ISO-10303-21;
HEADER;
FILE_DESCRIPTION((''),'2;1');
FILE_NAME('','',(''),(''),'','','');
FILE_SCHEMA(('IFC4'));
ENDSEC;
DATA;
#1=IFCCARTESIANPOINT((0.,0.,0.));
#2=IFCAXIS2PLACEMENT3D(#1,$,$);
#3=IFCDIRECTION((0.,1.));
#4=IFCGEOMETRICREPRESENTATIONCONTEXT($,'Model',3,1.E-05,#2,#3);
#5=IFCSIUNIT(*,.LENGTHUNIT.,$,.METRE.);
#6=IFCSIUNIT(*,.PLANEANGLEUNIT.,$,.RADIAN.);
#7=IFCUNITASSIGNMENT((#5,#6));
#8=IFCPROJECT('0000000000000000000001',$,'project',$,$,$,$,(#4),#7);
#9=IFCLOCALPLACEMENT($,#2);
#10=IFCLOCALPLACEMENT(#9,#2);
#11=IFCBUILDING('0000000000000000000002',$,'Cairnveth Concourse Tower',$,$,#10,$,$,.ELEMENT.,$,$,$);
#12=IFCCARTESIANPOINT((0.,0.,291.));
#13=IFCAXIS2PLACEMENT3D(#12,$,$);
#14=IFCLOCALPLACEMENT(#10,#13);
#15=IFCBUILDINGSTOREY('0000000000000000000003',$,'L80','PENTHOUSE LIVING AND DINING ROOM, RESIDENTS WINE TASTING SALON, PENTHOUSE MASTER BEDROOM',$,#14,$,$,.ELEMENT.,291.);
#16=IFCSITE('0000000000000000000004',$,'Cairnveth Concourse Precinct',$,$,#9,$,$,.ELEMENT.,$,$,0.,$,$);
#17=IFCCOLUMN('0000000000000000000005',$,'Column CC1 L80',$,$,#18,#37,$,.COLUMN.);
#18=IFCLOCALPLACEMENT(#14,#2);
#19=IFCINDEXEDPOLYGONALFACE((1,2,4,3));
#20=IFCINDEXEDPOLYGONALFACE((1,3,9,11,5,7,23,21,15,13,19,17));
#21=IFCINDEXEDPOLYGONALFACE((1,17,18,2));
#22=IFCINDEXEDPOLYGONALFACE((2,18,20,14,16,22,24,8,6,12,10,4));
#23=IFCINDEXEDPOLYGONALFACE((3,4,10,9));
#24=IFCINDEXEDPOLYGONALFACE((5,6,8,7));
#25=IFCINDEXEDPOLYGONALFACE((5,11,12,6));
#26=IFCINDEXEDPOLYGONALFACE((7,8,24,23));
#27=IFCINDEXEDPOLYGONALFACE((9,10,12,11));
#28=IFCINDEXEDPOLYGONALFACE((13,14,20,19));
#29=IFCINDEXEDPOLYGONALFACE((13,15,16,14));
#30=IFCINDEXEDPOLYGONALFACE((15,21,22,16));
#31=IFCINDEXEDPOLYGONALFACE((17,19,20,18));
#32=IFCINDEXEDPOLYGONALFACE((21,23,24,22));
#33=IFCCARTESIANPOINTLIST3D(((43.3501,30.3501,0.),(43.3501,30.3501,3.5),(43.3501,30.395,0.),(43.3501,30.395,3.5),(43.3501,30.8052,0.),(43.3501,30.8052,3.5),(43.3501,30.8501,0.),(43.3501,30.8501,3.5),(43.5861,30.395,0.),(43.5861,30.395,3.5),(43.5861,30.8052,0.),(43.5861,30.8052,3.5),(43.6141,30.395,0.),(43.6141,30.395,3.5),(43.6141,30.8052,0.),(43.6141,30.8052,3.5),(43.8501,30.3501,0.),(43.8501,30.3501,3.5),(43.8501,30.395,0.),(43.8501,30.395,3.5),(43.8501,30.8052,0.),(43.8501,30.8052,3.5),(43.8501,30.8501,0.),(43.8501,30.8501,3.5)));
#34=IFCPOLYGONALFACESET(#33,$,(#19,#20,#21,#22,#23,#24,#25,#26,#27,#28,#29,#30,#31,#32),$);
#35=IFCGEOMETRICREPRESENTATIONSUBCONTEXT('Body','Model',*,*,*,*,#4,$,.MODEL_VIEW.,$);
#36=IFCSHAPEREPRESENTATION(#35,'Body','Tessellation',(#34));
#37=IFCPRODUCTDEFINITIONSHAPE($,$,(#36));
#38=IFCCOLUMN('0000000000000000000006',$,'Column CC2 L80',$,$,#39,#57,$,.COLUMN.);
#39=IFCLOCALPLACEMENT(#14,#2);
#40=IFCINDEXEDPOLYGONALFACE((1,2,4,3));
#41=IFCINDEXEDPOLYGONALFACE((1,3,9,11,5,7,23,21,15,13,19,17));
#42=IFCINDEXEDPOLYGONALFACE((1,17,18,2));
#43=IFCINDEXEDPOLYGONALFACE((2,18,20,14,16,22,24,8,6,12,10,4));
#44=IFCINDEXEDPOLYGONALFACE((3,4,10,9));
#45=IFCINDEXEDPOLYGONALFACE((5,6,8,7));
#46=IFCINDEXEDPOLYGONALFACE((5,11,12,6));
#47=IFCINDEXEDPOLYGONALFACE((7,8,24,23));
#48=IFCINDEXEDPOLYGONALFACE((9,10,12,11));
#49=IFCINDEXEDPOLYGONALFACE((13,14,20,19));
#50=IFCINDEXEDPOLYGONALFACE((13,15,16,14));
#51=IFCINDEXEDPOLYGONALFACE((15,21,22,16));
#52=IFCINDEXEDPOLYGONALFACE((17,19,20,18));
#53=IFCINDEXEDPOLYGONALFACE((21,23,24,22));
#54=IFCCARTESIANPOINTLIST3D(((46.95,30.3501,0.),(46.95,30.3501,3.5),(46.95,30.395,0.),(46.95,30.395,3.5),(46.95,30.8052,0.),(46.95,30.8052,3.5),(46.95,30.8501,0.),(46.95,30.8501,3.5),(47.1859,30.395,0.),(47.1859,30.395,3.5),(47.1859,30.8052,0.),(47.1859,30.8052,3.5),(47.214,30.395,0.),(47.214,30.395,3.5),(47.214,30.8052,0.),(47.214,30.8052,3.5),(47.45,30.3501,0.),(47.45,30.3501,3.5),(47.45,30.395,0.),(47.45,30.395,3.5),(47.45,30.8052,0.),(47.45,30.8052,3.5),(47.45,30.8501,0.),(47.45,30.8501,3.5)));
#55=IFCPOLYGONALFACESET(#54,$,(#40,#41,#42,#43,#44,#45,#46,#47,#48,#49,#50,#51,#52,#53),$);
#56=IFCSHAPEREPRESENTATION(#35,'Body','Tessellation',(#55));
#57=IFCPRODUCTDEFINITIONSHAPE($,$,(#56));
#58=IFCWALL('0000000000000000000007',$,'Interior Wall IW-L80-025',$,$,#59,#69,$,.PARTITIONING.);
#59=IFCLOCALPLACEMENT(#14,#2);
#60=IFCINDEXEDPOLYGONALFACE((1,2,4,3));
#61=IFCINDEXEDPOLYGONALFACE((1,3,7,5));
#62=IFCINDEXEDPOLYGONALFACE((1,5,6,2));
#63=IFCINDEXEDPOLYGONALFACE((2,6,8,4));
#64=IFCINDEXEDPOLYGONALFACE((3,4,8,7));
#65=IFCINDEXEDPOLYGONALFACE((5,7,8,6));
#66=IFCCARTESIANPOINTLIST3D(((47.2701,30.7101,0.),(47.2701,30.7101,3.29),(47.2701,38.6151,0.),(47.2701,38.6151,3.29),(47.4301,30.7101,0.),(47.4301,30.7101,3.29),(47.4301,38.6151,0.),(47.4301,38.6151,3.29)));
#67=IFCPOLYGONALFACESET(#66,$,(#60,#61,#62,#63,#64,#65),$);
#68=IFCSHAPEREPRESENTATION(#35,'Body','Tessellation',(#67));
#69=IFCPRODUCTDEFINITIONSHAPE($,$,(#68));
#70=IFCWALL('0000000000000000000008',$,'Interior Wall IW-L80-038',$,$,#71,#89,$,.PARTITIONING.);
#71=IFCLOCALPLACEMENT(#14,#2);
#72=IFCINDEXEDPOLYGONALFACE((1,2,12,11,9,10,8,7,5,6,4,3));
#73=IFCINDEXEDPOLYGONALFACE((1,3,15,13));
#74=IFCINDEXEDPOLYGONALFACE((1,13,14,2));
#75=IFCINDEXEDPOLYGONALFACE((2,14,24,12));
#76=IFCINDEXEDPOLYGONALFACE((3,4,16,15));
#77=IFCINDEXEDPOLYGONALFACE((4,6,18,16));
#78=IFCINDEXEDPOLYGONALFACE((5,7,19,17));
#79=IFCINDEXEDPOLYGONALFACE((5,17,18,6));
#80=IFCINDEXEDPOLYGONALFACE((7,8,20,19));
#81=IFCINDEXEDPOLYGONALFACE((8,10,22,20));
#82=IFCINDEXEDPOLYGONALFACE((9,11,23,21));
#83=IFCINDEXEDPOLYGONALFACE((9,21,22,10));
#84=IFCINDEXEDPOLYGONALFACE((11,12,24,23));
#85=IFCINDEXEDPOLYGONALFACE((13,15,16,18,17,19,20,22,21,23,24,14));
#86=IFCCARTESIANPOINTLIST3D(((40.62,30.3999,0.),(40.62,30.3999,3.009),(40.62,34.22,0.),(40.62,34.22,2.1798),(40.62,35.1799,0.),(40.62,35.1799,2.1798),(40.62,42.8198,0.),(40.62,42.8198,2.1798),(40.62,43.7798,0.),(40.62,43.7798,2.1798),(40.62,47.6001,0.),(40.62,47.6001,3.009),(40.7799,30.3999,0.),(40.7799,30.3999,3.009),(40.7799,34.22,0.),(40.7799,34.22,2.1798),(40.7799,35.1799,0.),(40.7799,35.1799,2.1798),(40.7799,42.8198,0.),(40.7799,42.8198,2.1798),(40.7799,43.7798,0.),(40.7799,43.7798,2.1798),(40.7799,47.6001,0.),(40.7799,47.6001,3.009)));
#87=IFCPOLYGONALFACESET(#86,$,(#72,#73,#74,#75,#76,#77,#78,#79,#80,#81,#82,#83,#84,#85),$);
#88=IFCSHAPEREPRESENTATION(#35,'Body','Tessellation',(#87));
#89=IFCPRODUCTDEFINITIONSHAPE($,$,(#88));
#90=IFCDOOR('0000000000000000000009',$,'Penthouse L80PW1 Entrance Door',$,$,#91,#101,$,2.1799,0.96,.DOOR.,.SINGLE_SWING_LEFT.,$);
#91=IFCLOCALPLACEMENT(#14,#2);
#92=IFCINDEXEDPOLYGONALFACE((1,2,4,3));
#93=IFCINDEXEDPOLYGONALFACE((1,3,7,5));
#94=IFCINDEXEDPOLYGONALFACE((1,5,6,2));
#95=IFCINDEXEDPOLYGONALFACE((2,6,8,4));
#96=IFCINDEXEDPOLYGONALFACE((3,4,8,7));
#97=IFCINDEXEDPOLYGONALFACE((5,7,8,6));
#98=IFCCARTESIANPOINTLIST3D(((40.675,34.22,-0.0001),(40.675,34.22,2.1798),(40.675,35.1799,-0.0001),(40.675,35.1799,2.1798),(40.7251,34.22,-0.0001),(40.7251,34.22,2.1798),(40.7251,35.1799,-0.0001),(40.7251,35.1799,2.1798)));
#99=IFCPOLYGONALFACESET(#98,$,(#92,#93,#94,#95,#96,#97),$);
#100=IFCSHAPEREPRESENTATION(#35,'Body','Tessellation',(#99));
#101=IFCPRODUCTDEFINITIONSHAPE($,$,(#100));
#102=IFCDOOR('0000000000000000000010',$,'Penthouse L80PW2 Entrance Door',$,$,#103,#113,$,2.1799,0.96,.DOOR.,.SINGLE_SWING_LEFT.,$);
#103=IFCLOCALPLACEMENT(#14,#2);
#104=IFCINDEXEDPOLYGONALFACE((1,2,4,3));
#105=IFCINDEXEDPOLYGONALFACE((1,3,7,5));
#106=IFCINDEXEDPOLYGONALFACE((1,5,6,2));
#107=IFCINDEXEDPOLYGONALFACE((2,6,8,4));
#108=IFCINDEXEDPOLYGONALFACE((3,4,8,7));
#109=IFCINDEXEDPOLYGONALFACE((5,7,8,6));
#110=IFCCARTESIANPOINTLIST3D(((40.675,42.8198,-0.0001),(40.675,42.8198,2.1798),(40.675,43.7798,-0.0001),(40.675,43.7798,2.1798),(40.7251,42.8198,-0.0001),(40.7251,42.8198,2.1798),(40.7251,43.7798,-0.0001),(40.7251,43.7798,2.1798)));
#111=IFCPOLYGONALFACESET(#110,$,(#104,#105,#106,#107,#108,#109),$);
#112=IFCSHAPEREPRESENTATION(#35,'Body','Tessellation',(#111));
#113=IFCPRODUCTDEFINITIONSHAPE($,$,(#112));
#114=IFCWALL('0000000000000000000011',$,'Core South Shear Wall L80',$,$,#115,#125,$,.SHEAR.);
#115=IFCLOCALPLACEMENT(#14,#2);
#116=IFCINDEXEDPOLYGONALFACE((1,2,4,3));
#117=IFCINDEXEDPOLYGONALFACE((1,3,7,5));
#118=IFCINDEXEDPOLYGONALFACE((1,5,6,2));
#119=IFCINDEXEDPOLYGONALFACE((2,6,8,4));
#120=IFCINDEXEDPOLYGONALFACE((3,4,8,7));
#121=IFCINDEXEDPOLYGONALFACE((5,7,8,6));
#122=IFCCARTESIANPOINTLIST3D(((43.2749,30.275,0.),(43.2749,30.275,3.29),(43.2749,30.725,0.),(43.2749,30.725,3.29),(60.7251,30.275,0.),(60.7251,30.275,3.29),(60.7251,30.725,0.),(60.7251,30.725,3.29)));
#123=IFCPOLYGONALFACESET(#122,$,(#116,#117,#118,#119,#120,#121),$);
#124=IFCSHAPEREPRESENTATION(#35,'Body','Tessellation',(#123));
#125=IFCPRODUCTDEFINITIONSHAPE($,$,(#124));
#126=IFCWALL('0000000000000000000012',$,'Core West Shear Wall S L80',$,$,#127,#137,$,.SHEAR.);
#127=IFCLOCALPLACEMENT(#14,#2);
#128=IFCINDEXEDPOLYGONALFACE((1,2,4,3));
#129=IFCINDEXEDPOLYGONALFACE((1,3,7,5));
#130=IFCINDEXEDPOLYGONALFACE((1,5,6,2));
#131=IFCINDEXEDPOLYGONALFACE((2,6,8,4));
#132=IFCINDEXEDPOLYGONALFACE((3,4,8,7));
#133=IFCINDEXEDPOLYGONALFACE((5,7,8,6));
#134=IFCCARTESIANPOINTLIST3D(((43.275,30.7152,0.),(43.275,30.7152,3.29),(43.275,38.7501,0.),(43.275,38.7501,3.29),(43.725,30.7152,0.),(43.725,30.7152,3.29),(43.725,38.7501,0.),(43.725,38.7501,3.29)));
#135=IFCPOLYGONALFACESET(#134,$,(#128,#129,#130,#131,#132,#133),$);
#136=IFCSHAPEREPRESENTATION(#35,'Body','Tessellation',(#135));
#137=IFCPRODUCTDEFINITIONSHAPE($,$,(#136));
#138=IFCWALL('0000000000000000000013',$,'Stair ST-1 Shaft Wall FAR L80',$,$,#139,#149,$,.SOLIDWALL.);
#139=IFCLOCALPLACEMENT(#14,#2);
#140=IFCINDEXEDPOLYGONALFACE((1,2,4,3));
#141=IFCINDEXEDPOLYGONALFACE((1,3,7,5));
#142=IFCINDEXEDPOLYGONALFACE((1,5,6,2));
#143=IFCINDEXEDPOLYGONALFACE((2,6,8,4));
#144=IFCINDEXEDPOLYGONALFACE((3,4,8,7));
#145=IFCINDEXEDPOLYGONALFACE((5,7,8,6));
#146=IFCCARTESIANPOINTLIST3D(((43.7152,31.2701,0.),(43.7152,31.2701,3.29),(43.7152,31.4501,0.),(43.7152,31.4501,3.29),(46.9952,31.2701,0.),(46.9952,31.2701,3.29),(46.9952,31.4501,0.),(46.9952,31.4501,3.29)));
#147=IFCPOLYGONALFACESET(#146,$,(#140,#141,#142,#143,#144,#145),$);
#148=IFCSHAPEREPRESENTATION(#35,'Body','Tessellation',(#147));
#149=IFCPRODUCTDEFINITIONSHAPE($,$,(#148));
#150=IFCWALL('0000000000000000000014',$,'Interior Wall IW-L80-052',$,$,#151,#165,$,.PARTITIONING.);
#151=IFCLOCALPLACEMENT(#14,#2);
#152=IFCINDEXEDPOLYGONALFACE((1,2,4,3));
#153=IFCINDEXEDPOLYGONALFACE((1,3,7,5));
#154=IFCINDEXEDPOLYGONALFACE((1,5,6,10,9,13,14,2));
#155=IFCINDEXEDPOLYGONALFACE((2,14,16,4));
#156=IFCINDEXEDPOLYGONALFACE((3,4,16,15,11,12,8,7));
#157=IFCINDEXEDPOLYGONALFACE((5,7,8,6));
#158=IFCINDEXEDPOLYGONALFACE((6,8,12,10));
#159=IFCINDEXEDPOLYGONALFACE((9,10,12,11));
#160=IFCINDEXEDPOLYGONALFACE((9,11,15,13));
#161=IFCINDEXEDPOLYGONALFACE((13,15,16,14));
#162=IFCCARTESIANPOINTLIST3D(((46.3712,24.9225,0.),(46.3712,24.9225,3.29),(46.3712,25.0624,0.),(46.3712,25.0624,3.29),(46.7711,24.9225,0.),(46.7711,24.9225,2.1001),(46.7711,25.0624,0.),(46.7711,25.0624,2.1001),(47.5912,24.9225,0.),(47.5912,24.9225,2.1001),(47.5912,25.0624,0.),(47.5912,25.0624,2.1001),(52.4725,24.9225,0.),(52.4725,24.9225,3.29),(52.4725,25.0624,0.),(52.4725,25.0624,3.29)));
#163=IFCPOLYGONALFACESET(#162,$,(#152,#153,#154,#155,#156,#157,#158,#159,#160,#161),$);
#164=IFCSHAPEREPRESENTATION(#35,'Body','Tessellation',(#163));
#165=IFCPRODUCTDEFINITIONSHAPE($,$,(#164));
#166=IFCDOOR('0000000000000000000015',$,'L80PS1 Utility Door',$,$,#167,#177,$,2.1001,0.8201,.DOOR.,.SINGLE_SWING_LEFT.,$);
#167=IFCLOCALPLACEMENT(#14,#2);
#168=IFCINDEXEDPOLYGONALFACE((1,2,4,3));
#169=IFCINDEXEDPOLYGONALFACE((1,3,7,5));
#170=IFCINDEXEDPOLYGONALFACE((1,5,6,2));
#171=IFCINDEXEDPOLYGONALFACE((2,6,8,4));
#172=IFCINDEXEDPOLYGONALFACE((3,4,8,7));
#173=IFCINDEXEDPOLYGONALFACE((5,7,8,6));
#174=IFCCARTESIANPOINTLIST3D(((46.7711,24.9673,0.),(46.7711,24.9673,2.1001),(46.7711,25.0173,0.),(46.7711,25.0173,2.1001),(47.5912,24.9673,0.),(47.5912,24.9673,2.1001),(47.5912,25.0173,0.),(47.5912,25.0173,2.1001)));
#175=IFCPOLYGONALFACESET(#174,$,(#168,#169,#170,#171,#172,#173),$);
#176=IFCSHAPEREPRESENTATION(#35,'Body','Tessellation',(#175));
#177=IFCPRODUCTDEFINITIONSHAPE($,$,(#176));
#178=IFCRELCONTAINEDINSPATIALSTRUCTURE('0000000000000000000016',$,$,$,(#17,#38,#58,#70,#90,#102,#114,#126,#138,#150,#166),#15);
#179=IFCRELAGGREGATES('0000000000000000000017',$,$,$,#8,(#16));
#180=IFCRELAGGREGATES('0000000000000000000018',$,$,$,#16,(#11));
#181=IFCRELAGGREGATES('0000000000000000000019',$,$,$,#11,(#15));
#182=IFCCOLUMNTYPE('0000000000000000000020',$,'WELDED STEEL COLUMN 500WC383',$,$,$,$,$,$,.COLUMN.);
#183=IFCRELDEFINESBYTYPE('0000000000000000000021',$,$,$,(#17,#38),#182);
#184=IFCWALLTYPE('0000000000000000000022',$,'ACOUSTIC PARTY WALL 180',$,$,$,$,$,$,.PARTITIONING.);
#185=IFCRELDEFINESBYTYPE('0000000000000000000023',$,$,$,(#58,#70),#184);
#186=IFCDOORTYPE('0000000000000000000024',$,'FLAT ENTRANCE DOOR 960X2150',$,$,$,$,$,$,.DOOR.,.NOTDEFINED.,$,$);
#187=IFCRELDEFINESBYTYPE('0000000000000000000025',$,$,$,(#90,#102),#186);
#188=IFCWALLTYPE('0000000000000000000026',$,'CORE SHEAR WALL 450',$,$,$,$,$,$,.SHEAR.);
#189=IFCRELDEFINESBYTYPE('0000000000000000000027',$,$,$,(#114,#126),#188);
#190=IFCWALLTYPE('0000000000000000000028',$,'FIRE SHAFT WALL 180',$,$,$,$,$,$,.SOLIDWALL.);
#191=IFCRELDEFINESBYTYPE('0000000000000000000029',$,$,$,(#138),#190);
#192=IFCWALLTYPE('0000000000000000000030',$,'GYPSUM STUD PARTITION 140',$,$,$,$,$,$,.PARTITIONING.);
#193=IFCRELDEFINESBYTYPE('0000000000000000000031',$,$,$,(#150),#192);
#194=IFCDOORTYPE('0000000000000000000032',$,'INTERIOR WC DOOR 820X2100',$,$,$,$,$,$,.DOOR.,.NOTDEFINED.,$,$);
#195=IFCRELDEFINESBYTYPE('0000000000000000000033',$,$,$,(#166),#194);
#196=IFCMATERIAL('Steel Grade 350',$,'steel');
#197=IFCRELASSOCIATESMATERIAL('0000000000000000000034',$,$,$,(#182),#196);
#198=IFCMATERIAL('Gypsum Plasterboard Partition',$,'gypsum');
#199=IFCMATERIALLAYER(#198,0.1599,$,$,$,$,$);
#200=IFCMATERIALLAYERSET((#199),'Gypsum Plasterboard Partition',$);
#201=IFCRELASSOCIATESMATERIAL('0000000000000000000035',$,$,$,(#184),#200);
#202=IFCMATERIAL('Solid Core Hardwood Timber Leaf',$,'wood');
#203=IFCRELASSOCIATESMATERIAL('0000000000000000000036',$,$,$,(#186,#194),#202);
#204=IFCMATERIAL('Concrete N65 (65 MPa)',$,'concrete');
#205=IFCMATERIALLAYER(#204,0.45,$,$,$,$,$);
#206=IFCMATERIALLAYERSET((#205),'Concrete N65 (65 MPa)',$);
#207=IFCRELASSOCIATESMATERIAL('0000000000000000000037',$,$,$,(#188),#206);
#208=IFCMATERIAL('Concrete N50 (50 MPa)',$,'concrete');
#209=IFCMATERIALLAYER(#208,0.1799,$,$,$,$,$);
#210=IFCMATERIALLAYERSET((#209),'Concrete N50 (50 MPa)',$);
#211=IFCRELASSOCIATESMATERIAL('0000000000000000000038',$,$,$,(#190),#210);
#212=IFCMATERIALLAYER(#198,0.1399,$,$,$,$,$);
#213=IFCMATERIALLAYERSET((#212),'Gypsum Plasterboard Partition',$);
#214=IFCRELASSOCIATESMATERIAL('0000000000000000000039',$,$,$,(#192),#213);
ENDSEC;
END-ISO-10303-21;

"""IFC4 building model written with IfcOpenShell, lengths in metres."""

from ifc_helpers import new_model, si_unit, direction, frame, frame_2d, origin, origin_2d, place, context, subcontext, project, spatial, rectangle, i_section, extrude, material, layer, layer_set, material_profile, profile_set, type_object, element, fill, save


model = new_model("IFC4")

# Units and contexts
model_context = context("Model", 3, precision=1e-05, world=origin(), true_north=direction((0.0, 1.0)))
body_context = subcontext(model_context, "Body", "Model", "MODEL_VIEW")
ifc_project = project(units=[si_unit("LENGTHUNIT", "METRE"), si_unit("PLANEANGLEUNIT", "RADIAN")], contexts=[model_context])

# Site, building, storey
site_placement = place(None, origin())
site = spatial("IfcSite", under=ifc_project, at=site_placement, Name="Cairnveth Concourse Precinct", CompositionType="ELEMENT", RefElevation=0.0)
building_placement = place(site_placement, origin())
building = spatial("IfcBuilding", under=site, at=building_placement, Name="Cairnveth Concourse Tower", CompositionType="ELEMENT")
storey_placement = place(building_placement, frame((0.0, 0.0, 291.0)))
storey = spatial("IfcBuildingStorey", under=building, at=storey_placement, Name="L80", Description="PENTHOUSE LIVING AND DINING ROOM, RESIDENTS WINE TASTING SALON, PENTHOUSE MASTER BEDROOM", CompositionType="ELEMENT", Elevation=291.0)

# Columns
ifc_material_1 = material(Name="Steel Grade 350", Category="steel")
ifc_material_profile = material_profile(ifc_material_1, i_section(OverallWidth=0.5, OverallDepth=0.5, WebThickness=0.0281, FlangeThickness=0.0449, at=origin_2d()), Name="500WC383")
ifc_profile_set = profile_set([ifc_material_profile], Name="Steel Grade 350")
column_type = type_object("IfcColumnType", Name="WELDED STEEL COLUMN 500WC383", PredefinedType="COLUMN", material=ifc_profile_set)
for number, where, z_axis, x_axis, name in (
    (1, (43.6001, 30.6001, 0.0), (0.0, 0.0, 1.0), (1.0, 0.0, 0.0), "Column CC1 L80"),
    (2, (47.2, 30.6001, 0.0), (0.0, 0.0, 1.0), (1.0, 0.0, 0.0), "Column CC2 L80"),
):
    element("IfcColumn", number, at=place(storey_placement, frame(where, z_axis=z_axis, x_axis=x_axis)), inside=storey, type_object=column_type, Name=name, PredefinedType="COLUMN", context=body_context, shape_type="SweptSolid", body=[
        extrude(i_section(OverallWidth=0.5, OverallDepth=0.5, WebThickness=0.0281, FlangeThickness=0.0449, at=origin_2d()), origin(), (0.0, 0.0, 1.0), 3.5),
    ])

# Wall
ifc_material_2 = material(Name="Gypsum Plasterboard Partition", Category="gypsum")
ifc_layer_1 = layer(ifc_material_2, 0.1599)
ifc_layer_set_1 = layer_set([ifc_layer_1], Name="Gypsum Plasterboard Partition")
wall_type_1 = type_object("IfcWallType", Name="ACOUSTIC PARTY WALL 180", PredefinedType="PARTITIONING", material=ifc_layer_set_1)
wall_1_placement = place(storey_placement, frame((47.3501, 30.71, 0.0), z_axis=(0.0, 0.0, 1.0), x_axis=(0.0, 1.0, 0.0)))
element("IfcWall", 3, at=wall_1_placement, inside=storey, type_object=wall_type_1, Name="Interior Wall IW-L80-025", PredefinedType="PARTITIONING", context=body_context, shape_type="SweptSolid", body=[
    extrude(rectangle(XDim=7.905, YDim=0.1599, at=frame_2d((3.9526, 0.0))), origin(), (0.0, 0.0, 1.0), 3.29),
])

# Wall, openings, doors
wall_2_placement = place(storey_placement, frame((40.7, 30.3999, 0.0), z_axis=(0.0, 0.0, 1.0), x_axis=(0.0, 1.0, 0.0)))
wall_2 = element("IfcWall", 4, at=wall_2_placement, inside=storey, type_object=wall_type_1, Name="Interior Wall IW-L80-038", PredefinedType="PARTITIONING", context=body_context, shape_type="SweptSolid", body=[
    extrude(rectangle(XDim=17.2002, YDim=0.1599, at=frame_2d((8.6001, 0.0))), origin(), (0.0, 0.0, 1.0), 3.009),
])
opening_1_placement = place(wall_2_placement, frame((3.8201, 0.0, 0.0)))
opening_1 = element("IfcOpeningElement", 5, at=opening_1_placement, cuts=wall_2, PredefinedType="OPENING", context=body_context, shape_type="SweptSolid", body=[
    extrude(rectangle(XDim=0.96, YDim=2.1799, at=frame_2d((0.48, 1.0898))), frame((0.0, 0.0898, 0.0), z_axis=(0.0, -1.0, 0.0), x_axis=(1.0, 0.0, 0.0)), (0.0, 0.0, 1.0), 0.1799),
])
opening_2_placement = place(wall_2_placement, frame((12.4199, 0.0, 0.0)))
opening_2 = element("IfcOpeningElement", 6, at=opening_2_placement, cuts=wall_2, PredefinedType="OPENING", context=body_context, shape_type="SweptSolid", body=[
    extrude(rectangle(XDim=0.96, YDim=2.1799, at=frame_2d((0.48, 1.0898))), frame((0.0, 0.0898, 0.0), z_axis=(0.0, -1.0, 0.0), x_axis=(1.0, 0.0, 0.0)), (0.0, 0.0, 1.0), 0.1799),
])
ifc_material_3 = material(Name="Solid Core Hardwood Timber Leaf", Category="wood")
door_type_1 = type_object("IfcDoorType", Name="FLAT ENTRANCE DOOR 960X2150", OperationType="NOTDEFINED", PredefinedType="DOOR", material=ifc_material_3)
door_1_placement = place(opening_1_placement, origin())
door_1 = element("IfcDoor", 7, at=door_1_placement, inside=storey, type_object=door_type_1, Name="Penthouse L80PW1 Entrance Door", OperationType="SINGLE_SWING_LEFT", OverallHeight=2.1799, OverallWidth=0.96, PredefinedType="DOOR", context=body_context, shape_type="SweptSolid", body=[
    extrude(rectangle(XDim=0.96, YDim=2.1799, at=frame_2d((0.48, 1.0898))), frame((0.0, 0.0249, 0.0), z_axis=(0.0, -1.0, 0.0), x_axis=(1.0, 0.0, 0.0)), (0.0, 0.0, 1.0), 0.05),
])
fill(opening_1, door_1)
door_2_placement = place(opening_2_placement, origin())
door_2 = element("IfcDoor", 8, at=door_2_placement, inside=storey, type_object=door_type_1, Name="Penthouse L80PW2 Entrance Door", OperationType="SINGLE_SWING_LEFT", OverallHeight=2.1799, OverallWidth=0.96, PredefinedType="DOOR", context=body_context, shape_type="SweptSolid", body=[
    extrude(rectangle(XDim=0.96, YDim=2.1799, at=frame_2d((0.48, 1.0898))), frame((0.0, 0.0249, 0.0), z_axis=(0.0, -1.0, 0.0), x_axis=(1.0, 0.0, 0.0)), (0.0, 0.0, 1.0), 0.05),
])
fill(opening_2, door_2)

# Walls
ifc_material_4 = material(Name="Concrete N65 (65 MPa)", Category="concrete")
ifc_layer_2 = layer(ifc_material_4, 0.45)
ifc_layer_set_2 = layer_set([ifc_layer_2], Name="Concrete N65 (65 MPa)")
wall_type_2 = type_object("IfcWallType", Name="CORE SHEAR WALL 450", PredefinedType="SHEAR", material=ifc_layer_set_2)
wall_3_placement = place(storey_placement, frame((43.2749, 30.5, 0.0), z_axis=(0.0, 0.0, 1.0), x_axis=(1.0, 0.0, 0.0)))
element("IfcWall", 9, at=wall_3_placement, inside=storey, type_object=wall_type_2, Name="Core South Shear Wall L80", PredefinedType="SHEAR", context=body_context, shape_type="SweptSolid", body=[
    extrude(rectangle(XDim=17.4502, YDim=0.45, at=frame_2d((8.7251, 0.0))), origin(), (0.0, 0.0, 1.0), 3.29),
])
wall_4_placement = place(storey_placement, frame((43.5, 30.7151, 0.0), z_axis=(0.0, 0.0, 1.0), x_axis=(0.0, 1.0, 0.0)))
element("IfcWall", 10, at=wall_4_placement, inside=storey, type_object=wall_type_2, Name="Core West Shear Wall S L80", PredefinedType="SHEAR", context=body_context, shape_type="SweptSolid", body=[
    extrude(rectangle(XDim=8.0349, YDim=0.45, at=frame_2d((4.0176, 0.0))), origin(), (0.0, 0.0, 1.0), 3.29),
])
ifc_material_5 = material(Name="Concrete N50 (50 MPa)", Category="concrete")
ifc_layer_3 = layer(ifc_material_5, 0.1799)
ifc_layer_set_3 = layer_set([ifc_layer_3], Name="Concrete N50 (50 MPa)")
wall_type_3 = type_object("IfcWallType", Name="FIRE SHAFT WALL 180", PredefinedType="SOLIDWALL", material=ifc_layer_set_3)
wall_5_placement = place(storey_placement, frame((43.7151, 31.3601, 0.0), z_axis=(0.0, 0.0, 1.0), x_axis=(1.0, 0.0, 0.0)))
element("IfcWall", 11, at=wall_5_placement, inside=storey, type_object=wall_type_3, Name="Stair ST-1 Shaft Wall FAR L80", PredefinedType="SOLIDWALL", context=body_context, shape_type="SweptSolid", body=[
    extrude(rectangle(XDim=3.28, YDim=0.1799, at=frame_2d((1.6401, 0.0))), origin(), (0.0, 0.0, 1.0), 3.29),
])

# Wall, opening, door
ifc_layer_4 = layer(ifc_material_2, 0.1399)
ifc_layer_set_4 = layer_set([ifc_layer_4], Name="Gypsum Plasterboard Partition")
wall_type_4 = type_object("IfcWallType", Name="GYPSUM STUD PARTITION 140", PredefinedType="PARTITIONING", material=ifc_layer_set_4)
wall_6_placement = place(storey_placement, frame((46.3711, 24.9924, 0.0), z_axis=(0.0, 0.0, 1.0), x_axis=(1.0, 0.0, 0.0)))
wall_6 = element("IfcWall", 12, at=wall_6_placement, inside=storey, type_object=wall_type_4, Name="Interior Wall IW-L80-052", PredefinedType="PARTITIONING", context=body_context, shape_type="SweptSolid", body=[
    extrude(rectangle(XDim=6.1013, YDim=0.1399, at=frame_2d((3.0508, 0.0))), origin(), (0.0, 0.0, 1.0), 3.29),
])
opening_3_placement = place(wall_6_placement, frame((0.3999, 0.0, 0.0)))
opening_3 = element("IfcOpeningElement", 13, at=opening_3_placement, cuts=wall_6, PredefinedType="OPENING", context=body_context, shape_type="SweptSolid", body=[
    extrude(rectangle(XDim=0.8201, YDim=2.1001, at=frame_2d((0.4102, 1.05))), frame((0.0, 0.0798, 0.0), z_axis=(0.0, -1.0, 0.0), x_axis=(1.0, 0.0, 0.0)), (0.0, 0.0, 1.0), 0.1599),
])
door_type_2 = type_object("IfcDoorType", Name="INTERIOR WC DOOR 820X2100", OperationType="NOTDEFINED", PredefinedType="DOOR", material=ifc_material_3)
door_3_placement = place(opening_3_placement, origin())
door_3 = element("IfcDoor", 14, at=door_3_placement, inside=storey, type_object=door_type_2, Name="L80PS1 Utility Door", OperationType="SINGLE_SWING_LEFT", OverallHeight=2.1001, OverallWidth=0.8201, PredefinedType="DOOR", context=body_context, shape_type="SweptSolid", body=[
    extrude(rectangle(XDim=0.8201, YDim=2.1001, at=frame_2d((0.4102, 1.05))), frame((0.0, 0.0249, 0.0), z_axis=(0.0, -1.0, 0.0), x_axis=(1.0, 0.0, 0.0)), (0.0, 0.0, 1.0), 0.05),
])
fill(opening_3, door_3)

save(model, "model.ifc")
